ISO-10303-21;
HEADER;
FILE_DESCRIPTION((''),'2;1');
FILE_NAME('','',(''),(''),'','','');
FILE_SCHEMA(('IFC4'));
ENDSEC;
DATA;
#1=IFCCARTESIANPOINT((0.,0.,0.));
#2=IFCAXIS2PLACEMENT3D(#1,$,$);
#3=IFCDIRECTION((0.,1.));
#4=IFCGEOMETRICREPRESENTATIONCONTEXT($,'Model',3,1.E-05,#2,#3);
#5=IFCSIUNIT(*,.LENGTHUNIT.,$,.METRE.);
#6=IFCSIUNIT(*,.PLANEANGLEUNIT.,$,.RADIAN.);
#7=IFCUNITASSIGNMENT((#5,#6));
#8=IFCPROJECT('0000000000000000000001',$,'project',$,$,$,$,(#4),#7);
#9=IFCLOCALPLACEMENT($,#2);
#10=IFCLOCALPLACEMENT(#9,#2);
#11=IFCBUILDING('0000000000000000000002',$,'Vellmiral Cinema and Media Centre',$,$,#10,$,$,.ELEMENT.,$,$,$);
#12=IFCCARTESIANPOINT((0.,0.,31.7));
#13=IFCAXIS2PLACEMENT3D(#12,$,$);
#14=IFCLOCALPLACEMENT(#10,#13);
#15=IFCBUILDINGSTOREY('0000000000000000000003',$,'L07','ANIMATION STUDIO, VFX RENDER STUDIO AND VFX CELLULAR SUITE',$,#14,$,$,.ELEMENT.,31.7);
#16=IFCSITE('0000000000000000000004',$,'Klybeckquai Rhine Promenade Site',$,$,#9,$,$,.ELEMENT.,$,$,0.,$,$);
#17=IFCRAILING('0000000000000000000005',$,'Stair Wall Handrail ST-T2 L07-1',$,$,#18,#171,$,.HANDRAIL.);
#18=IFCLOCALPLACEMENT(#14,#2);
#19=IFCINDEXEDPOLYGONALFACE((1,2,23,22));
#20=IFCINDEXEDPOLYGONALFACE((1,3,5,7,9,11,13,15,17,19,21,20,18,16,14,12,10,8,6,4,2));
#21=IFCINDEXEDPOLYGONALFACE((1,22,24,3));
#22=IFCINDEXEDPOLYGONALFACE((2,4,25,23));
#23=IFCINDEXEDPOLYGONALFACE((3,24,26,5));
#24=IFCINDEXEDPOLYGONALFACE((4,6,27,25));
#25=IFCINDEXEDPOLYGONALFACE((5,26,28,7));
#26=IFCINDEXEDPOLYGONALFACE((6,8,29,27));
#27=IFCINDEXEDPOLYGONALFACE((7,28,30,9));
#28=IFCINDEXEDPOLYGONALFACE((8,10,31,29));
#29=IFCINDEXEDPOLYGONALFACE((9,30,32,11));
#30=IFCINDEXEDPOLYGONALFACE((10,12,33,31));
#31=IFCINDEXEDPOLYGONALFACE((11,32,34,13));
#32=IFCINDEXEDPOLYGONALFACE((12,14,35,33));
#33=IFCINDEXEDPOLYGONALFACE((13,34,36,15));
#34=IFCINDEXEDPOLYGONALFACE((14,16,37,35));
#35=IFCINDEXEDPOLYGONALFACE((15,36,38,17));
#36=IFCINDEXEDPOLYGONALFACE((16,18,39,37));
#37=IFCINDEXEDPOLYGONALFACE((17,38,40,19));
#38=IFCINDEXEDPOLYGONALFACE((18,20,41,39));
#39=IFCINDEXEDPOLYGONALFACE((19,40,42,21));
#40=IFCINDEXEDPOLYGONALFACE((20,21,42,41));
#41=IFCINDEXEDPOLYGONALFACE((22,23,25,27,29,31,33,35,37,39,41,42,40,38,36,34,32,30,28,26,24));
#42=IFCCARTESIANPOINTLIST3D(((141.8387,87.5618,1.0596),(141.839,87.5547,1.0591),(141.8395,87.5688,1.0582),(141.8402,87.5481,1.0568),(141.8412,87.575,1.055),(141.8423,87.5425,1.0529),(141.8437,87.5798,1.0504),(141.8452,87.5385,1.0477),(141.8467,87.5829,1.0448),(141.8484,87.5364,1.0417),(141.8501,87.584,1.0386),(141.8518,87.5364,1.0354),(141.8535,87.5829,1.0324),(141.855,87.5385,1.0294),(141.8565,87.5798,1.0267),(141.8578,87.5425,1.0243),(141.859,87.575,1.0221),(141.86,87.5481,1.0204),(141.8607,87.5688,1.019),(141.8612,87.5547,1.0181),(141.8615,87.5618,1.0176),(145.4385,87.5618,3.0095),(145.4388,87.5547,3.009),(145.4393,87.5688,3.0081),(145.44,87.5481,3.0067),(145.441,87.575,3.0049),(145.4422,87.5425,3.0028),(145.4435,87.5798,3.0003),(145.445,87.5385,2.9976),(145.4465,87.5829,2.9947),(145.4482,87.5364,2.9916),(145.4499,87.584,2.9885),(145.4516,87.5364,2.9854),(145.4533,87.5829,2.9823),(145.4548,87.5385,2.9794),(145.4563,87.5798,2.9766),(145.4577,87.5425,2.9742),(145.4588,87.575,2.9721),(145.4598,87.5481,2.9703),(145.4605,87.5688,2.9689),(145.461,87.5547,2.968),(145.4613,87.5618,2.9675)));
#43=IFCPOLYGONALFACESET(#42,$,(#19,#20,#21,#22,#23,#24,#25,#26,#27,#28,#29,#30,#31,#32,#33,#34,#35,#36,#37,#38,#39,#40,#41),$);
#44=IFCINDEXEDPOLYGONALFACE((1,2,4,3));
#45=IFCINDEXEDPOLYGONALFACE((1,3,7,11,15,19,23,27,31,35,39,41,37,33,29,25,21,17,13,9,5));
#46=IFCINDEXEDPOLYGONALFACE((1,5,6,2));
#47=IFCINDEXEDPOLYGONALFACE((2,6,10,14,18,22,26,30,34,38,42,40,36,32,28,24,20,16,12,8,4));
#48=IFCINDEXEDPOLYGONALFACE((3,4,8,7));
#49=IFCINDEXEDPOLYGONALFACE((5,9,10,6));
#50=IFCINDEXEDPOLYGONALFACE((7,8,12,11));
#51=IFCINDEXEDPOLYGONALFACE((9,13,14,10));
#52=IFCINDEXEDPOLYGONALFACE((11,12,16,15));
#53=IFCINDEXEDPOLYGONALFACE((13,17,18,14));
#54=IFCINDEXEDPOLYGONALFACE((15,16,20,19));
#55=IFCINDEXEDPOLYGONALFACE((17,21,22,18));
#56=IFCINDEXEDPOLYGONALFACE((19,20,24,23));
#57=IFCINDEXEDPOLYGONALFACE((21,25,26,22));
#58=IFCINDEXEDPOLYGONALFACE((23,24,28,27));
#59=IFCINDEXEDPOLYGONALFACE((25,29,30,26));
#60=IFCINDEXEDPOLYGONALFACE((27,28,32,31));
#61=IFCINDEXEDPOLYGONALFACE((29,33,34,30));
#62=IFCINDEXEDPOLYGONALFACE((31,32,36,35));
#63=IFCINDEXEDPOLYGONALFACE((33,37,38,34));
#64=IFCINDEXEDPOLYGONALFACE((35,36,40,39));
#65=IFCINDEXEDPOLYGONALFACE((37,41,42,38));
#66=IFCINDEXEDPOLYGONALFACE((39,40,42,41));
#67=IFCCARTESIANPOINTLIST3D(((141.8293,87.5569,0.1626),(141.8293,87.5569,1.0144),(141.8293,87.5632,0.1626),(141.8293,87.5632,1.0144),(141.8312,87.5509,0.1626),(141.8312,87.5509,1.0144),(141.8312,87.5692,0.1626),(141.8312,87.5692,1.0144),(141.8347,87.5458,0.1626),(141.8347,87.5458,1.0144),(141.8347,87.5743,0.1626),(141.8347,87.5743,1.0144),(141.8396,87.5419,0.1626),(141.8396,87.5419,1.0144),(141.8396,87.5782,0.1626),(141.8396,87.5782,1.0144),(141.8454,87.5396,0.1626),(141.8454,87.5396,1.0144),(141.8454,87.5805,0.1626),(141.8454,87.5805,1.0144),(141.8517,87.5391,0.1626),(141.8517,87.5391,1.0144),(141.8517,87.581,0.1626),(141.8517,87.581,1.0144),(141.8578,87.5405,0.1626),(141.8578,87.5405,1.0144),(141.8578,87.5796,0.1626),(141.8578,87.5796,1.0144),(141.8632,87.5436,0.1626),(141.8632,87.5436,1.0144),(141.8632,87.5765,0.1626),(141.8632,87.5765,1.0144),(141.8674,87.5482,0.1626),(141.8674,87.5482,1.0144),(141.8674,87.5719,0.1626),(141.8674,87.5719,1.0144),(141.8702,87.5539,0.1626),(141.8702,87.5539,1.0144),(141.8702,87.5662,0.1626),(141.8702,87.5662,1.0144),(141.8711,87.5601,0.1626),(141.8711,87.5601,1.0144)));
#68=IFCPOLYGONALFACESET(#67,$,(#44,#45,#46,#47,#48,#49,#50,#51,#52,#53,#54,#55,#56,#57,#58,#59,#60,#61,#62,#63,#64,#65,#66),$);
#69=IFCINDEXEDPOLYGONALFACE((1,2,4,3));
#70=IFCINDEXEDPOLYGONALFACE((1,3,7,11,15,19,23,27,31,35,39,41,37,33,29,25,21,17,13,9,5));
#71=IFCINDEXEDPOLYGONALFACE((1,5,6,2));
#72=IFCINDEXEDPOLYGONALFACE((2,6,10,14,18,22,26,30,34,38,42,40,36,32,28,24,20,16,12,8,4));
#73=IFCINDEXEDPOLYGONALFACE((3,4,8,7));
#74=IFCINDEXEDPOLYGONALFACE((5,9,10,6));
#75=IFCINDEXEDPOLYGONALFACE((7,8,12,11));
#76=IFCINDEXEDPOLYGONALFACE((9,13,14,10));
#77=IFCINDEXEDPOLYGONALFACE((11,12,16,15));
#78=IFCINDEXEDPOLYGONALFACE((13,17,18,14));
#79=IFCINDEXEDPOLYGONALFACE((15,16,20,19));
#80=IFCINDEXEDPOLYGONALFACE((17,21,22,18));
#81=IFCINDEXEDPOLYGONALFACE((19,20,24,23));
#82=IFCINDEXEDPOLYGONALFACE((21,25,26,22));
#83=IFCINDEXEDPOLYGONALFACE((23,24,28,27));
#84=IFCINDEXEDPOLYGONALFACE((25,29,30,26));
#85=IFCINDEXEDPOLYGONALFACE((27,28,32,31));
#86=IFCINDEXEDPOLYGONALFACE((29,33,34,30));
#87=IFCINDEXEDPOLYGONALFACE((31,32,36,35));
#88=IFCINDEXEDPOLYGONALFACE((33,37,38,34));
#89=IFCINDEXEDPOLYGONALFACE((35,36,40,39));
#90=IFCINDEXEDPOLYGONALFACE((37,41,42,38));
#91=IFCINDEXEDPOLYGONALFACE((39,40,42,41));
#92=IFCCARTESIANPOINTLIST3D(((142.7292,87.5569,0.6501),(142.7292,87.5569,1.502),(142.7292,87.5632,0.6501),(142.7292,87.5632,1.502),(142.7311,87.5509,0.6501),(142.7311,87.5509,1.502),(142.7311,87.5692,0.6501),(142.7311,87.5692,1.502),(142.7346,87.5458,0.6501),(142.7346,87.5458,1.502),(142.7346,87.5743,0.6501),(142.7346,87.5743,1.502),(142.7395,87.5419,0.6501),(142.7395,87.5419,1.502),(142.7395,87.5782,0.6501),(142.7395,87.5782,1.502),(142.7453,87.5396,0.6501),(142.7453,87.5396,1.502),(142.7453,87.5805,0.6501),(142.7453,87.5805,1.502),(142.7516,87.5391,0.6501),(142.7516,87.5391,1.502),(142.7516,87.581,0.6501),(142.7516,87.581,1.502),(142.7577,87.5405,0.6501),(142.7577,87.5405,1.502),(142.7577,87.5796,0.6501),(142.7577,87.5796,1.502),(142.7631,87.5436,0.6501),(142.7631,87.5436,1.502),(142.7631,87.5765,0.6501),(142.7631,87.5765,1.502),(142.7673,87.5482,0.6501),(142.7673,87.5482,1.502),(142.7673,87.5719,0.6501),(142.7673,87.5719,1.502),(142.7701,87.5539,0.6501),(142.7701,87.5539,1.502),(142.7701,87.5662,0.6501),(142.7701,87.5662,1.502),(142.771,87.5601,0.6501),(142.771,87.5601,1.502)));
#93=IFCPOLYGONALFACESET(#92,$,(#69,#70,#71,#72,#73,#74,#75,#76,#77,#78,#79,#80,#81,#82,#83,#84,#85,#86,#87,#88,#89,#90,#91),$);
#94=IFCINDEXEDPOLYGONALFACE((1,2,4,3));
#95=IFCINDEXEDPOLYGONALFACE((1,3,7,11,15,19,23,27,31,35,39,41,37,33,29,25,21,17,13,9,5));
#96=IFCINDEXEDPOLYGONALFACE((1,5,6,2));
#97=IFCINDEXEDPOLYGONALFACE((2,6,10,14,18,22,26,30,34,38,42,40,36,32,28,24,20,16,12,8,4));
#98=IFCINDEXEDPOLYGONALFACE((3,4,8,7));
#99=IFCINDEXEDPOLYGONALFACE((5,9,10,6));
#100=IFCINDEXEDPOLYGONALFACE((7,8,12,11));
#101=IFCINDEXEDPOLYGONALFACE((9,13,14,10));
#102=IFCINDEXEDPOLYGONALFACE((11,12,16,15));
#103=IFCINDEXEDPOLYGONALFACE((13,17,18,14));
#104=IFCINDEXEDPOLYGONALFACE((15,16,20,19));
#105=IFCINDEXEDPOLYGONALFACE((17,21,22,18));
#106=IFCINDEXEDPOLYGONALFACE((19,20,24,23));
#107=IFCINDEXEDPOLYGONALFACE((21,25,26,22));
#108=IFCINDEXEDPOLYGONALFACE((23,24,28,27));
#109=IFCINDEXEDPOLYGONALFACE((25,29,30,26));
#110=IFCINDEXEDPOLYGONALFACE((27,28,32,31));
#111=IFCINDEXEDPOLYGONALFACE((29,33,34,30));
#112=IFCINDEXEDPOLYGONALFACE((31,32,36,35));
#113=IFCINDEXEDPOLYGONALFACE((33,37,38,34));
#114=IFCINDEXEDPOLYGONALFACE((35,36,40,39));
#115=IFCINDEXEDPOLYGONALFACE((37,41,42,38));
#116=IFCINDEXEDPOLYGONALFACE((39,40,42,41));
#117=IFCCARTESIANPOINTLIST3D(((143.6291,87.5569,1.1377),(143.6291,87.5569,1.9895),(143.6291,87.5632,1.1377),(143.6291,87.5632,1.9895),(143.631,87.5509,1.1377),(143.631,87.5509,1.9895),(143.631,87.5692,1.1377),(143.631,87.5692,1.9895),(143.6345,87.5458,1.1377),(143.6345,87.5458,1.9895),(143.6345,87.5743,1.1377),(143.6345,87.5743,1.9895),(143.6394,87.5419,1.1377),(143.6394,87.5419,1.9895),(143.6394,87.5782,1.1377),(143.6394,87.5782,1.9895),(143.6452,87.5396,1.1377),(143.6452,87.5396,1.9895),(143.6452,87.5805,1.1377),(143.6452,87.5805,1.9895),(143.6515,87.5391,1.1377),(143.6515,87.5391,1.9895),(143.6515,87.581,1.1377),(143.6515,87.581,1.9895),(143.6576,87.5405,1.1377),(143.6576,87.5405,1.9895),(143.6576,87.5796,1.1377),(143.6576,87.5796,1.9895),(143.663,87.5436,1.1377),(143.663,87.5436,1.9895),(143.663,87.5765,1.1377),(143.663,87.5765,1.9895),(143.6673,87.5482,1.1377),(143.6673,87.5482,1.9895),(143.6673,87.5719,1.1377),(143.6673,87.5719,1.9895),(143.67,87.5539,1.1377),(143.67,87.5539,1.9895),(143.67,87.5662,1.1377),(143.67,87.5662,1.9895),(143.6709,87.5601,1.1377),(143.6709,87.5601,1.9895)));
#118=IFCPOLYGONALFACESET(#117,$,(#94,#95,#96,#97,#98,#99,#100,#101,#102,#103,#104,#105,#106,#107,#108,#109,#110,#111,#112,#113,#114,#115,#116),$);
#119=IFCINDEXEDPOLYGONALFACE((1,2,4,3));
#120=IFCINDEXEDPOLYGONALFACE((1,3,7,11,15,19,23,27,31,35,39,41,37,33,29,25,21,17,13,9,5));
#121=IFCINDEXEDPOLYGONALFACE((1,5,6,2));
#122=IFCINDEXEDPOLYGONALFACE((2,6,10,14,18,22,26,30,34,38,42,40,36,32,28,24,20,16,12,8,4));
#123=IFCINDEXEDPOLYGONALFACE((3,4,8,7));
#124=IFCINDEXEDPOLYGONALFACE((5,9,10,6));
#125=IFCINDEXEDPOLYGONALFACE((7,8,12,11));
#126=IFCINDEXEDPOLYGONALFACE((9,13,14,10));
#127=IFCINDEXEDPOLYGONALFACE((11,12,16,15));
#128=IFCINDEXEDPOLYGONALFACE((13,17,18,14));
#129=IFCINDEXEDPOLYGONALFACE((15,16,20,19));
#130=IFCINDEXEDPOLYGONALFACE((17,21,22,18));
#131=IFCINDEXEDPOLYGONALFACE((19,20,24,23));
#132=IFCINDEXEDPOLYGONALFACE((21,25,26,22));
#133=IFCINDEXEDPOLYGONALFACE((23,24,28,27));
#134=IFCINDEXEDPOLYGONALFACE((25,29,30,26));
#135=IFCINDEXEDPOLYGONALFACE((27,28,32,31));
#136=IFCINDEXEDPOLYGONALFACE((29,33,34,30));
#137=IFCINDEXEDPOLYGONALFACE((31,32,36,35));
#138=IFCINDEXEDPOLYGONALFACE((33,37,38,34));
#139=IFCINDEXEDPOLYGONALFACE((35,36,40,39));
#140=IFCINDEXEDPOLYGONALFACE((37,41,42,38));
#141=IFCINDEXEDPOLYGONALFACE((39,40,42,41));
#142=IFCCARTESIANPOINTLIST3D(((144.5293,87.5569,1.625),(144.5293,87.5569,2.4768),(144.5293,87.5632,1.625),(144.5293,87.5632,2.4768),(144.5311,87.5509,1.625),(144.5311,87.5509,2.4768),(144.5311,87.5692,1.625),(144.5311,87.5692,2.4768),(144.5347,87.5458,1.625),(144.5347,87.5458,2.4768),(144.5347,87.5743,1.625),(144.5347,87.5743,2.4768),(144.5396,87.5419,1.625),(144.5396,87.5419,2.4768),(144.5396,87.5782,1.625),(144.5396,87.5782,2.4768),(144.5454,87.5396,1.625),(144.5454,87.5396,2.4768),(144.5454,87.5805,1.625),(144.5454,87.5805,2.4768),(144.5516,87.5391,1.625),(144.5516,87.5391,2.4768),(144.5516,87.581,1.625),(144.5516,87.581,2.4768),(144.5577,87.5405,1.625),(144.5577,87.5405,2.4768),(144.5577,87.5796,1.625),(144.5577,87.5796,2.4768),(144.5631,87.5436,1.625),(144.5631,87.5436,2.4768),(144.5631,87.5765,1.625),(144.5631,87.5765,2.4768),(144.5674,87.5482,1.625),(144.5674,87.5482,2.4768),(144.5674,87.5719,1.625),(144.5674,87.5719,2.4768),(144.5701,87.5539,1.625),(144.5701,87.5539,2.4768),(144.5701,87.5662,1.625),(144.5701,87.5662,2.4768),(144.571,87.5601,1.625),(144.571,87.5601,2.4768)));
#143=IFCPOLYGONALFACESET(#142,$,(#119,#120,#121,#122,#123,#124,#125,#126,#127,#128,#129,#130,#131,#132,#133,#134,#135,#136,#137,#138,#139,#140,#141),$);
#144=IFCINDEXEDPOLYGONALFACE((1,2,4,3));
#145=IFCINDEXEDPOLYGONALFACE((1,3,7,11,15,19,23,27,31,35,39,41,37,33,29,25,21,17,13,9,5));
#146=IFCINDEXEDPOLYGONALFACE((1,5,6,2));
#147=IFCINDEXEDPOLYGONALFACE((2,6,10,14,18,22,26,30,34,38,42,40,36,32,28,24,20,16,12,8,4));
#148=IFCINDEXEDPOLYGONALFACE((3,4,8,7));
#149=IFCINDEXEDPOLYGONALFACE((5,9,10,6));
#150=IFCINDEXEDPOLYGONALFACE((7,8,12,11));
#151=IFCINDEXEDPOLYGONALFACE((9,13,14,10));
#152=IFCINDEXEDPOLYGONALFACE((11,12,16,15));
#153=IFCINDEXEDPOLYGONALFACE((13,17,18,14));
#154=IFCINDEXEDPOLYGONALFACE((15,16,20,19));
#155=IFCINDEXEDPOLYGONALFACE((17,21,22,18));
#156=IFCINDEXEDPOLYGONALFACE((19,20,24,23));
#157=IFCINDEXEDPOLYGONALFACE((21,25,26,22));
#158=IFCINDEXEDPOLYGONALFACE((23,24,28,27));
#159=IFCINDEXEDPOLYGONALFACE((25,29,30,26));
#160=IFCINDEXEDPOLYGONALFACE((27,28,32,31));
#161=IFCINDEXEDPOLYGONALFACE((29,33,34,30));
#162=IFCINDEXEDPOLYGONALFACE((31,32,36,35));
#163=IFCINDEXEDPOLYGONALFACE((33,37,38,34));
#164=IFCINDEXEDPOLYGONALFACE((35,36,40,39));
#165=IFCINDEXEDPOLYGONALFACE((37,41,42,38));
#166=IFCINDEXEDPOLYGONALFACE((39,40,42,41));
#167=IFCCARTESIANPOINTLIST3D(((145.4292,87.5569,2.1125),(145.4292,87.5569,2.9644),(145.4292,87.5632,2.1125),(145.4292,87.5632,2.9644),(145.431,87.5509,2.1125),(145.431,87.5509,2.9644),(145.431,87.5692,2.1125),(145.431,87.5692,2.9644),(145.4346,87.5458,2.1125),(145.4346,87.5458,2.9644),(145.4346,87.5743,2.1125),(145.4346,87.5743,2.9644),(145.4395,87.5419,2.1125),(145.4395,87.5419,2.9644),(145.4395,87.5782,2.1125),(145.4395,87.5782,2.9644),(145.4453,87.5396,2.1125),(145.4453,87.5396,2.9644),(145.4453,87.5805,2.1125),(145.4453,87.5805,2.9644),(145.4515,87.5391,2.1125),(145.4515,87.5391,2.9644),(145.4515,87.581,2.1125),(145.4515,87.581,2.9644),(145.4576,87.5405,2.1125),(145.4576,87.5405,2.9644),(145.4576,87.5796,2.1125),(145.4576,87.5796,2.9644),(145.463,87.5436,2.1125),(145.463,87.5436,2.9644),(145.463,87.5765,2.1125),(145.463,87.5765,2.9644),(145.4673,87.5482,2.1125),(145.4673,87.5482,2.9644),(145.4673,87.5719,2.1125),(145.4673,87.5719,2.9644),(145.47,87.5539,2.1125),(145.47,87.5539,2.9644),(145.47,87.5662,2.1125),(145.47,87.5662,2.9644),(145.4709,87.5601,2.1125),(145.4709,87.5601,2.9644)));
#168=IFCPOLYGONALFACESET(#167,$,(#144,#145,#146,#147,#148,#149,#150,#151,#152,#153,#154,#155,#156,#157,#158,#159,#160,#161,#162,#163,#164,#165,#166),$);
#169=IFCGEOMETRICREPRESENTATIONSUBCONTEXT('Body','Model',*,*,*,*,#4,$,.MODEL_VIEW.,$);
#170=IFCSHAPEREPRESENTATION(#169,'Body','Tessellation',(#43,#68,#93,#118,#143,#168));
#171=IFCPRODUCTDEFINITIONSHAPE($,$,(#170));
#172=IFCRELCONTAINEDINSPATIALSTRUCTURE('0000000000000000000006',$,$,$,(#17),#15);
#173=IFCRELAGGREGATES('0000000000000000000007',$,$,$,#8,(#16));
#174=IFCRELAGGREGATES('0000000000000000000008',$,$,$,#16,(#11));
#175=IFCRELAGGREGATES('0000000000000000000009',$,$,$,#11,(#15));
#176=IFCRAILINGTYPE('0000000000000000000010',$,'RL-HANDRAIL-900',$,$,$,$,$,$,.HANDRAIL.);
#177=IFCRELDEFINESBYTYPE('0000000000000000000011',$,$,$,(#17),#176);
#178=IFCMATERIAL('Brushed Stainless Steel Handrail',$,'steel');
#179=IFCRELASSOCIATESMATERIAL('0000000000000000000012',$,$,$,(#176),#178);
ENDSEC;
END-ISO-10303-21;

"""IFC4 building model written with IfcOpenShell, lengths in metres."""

from ifc_helpers import new_model, si_unit, direction, frame, origin, origin_2d, place, context, subcontext, project, spatial, circle, extrude, material, type_object, element, save


model = new_model("IFC4")

# Units and contexts
model_context = context("Model", 3, precision=1e-05, world=origin(), true_north=direction((0.0, 1.0)))
body_context = subcontext(model_context, "Body", "Model", "MODEL_VIEW")
ifc_project = project(units=[si_unit("LENGTHUNIT", "METRE"), si_unit("PLANEANGLEUNIT", "RADIAN")], contexts=[model_context])

# Site, building, storey
site_placement = place(None, origin())
site = spatial("IfcSite", under=ifc_project, at=site_placement, Name="Klybeckquai Rhine Promenade Site", CompositionType="ELEMENT", RefElevation=0.0)
building_placement = place(site_placement, origin())
building = spatial("IfcBuilding", under=site, at=building_placement, Name="Vellmiral Cinema and Media Centre", CompositionType="ELEMENT")
storey_placement = place(building_placement, frame((0.0, 0.0, 31.7)))
storey = spatial("IfcBuildingStorey", under=building, at=storey_placement, Name="L07", Description="ANIMATION STUDIO, VFX RENDER STUDIO AND VFX CELLULAR SUITE", CompositionType="ELEMENT", Elevation=31.7)

# Railing
ifc_material_1 = material(Name="Brushed Stainless Steel Handrail", Category="steel")
railing_type_1 = type_object("IfcRailingType", Name="RL-HANDRAIL-900", PredefinedType="HANDRAIL", material=ifc_material_1)
railing_1_placement = place(storey_placement, frame((141.8501, 87.5601, 0.1626)))
element("IfcRailing", 1, at=railing_1_placement, inside=storey, type_object=railing_type_1, Name="Stair Wall Handrail ST-T2 L07-1", PredefinedType="HANDRAIL", context=body_context, shape_type="SweptSolid", body=[
    extrude(circle(Radius=0.0239, at=origin_2d()), frame((0.0, 0.0, 0.876), z_axis=(0.879289, 0.0, 0.476289), x_axis=(0.0, 1.0, 0.0)), (0.0, 0.0, 1.0), 4.094),
    extrude(circle(Radius=0.021, at=origin_2d()), origin(), (0.0, 0.0, 1.0), 0.8518),
    extrude(circle(Radius=0.021, at=origin_2d()), frame((0.8999, 0.0, 0.4875)), (0.0, 0.0, 1.0), 0.8518),
    extrude(circle(Radius=0.021, at=origin_2d()), frame((1.7998, 0.0, 0.9751)), (0.0, 0.0, 1.0), 0.8518),
    extrude(circle(Radius=0.021, at=origin_2d()), frame((2.7, 0.0, 1.4624)), (0.0, 0.0, 1.0), 0.8518),
    extrude(circle(Radius=0.021, at=origin_2d()), frame((3.5999, 0.0, 1.95)), (0.0, 0.0, 1.0), 0.8518),
])

save(model, "model.ifc")
